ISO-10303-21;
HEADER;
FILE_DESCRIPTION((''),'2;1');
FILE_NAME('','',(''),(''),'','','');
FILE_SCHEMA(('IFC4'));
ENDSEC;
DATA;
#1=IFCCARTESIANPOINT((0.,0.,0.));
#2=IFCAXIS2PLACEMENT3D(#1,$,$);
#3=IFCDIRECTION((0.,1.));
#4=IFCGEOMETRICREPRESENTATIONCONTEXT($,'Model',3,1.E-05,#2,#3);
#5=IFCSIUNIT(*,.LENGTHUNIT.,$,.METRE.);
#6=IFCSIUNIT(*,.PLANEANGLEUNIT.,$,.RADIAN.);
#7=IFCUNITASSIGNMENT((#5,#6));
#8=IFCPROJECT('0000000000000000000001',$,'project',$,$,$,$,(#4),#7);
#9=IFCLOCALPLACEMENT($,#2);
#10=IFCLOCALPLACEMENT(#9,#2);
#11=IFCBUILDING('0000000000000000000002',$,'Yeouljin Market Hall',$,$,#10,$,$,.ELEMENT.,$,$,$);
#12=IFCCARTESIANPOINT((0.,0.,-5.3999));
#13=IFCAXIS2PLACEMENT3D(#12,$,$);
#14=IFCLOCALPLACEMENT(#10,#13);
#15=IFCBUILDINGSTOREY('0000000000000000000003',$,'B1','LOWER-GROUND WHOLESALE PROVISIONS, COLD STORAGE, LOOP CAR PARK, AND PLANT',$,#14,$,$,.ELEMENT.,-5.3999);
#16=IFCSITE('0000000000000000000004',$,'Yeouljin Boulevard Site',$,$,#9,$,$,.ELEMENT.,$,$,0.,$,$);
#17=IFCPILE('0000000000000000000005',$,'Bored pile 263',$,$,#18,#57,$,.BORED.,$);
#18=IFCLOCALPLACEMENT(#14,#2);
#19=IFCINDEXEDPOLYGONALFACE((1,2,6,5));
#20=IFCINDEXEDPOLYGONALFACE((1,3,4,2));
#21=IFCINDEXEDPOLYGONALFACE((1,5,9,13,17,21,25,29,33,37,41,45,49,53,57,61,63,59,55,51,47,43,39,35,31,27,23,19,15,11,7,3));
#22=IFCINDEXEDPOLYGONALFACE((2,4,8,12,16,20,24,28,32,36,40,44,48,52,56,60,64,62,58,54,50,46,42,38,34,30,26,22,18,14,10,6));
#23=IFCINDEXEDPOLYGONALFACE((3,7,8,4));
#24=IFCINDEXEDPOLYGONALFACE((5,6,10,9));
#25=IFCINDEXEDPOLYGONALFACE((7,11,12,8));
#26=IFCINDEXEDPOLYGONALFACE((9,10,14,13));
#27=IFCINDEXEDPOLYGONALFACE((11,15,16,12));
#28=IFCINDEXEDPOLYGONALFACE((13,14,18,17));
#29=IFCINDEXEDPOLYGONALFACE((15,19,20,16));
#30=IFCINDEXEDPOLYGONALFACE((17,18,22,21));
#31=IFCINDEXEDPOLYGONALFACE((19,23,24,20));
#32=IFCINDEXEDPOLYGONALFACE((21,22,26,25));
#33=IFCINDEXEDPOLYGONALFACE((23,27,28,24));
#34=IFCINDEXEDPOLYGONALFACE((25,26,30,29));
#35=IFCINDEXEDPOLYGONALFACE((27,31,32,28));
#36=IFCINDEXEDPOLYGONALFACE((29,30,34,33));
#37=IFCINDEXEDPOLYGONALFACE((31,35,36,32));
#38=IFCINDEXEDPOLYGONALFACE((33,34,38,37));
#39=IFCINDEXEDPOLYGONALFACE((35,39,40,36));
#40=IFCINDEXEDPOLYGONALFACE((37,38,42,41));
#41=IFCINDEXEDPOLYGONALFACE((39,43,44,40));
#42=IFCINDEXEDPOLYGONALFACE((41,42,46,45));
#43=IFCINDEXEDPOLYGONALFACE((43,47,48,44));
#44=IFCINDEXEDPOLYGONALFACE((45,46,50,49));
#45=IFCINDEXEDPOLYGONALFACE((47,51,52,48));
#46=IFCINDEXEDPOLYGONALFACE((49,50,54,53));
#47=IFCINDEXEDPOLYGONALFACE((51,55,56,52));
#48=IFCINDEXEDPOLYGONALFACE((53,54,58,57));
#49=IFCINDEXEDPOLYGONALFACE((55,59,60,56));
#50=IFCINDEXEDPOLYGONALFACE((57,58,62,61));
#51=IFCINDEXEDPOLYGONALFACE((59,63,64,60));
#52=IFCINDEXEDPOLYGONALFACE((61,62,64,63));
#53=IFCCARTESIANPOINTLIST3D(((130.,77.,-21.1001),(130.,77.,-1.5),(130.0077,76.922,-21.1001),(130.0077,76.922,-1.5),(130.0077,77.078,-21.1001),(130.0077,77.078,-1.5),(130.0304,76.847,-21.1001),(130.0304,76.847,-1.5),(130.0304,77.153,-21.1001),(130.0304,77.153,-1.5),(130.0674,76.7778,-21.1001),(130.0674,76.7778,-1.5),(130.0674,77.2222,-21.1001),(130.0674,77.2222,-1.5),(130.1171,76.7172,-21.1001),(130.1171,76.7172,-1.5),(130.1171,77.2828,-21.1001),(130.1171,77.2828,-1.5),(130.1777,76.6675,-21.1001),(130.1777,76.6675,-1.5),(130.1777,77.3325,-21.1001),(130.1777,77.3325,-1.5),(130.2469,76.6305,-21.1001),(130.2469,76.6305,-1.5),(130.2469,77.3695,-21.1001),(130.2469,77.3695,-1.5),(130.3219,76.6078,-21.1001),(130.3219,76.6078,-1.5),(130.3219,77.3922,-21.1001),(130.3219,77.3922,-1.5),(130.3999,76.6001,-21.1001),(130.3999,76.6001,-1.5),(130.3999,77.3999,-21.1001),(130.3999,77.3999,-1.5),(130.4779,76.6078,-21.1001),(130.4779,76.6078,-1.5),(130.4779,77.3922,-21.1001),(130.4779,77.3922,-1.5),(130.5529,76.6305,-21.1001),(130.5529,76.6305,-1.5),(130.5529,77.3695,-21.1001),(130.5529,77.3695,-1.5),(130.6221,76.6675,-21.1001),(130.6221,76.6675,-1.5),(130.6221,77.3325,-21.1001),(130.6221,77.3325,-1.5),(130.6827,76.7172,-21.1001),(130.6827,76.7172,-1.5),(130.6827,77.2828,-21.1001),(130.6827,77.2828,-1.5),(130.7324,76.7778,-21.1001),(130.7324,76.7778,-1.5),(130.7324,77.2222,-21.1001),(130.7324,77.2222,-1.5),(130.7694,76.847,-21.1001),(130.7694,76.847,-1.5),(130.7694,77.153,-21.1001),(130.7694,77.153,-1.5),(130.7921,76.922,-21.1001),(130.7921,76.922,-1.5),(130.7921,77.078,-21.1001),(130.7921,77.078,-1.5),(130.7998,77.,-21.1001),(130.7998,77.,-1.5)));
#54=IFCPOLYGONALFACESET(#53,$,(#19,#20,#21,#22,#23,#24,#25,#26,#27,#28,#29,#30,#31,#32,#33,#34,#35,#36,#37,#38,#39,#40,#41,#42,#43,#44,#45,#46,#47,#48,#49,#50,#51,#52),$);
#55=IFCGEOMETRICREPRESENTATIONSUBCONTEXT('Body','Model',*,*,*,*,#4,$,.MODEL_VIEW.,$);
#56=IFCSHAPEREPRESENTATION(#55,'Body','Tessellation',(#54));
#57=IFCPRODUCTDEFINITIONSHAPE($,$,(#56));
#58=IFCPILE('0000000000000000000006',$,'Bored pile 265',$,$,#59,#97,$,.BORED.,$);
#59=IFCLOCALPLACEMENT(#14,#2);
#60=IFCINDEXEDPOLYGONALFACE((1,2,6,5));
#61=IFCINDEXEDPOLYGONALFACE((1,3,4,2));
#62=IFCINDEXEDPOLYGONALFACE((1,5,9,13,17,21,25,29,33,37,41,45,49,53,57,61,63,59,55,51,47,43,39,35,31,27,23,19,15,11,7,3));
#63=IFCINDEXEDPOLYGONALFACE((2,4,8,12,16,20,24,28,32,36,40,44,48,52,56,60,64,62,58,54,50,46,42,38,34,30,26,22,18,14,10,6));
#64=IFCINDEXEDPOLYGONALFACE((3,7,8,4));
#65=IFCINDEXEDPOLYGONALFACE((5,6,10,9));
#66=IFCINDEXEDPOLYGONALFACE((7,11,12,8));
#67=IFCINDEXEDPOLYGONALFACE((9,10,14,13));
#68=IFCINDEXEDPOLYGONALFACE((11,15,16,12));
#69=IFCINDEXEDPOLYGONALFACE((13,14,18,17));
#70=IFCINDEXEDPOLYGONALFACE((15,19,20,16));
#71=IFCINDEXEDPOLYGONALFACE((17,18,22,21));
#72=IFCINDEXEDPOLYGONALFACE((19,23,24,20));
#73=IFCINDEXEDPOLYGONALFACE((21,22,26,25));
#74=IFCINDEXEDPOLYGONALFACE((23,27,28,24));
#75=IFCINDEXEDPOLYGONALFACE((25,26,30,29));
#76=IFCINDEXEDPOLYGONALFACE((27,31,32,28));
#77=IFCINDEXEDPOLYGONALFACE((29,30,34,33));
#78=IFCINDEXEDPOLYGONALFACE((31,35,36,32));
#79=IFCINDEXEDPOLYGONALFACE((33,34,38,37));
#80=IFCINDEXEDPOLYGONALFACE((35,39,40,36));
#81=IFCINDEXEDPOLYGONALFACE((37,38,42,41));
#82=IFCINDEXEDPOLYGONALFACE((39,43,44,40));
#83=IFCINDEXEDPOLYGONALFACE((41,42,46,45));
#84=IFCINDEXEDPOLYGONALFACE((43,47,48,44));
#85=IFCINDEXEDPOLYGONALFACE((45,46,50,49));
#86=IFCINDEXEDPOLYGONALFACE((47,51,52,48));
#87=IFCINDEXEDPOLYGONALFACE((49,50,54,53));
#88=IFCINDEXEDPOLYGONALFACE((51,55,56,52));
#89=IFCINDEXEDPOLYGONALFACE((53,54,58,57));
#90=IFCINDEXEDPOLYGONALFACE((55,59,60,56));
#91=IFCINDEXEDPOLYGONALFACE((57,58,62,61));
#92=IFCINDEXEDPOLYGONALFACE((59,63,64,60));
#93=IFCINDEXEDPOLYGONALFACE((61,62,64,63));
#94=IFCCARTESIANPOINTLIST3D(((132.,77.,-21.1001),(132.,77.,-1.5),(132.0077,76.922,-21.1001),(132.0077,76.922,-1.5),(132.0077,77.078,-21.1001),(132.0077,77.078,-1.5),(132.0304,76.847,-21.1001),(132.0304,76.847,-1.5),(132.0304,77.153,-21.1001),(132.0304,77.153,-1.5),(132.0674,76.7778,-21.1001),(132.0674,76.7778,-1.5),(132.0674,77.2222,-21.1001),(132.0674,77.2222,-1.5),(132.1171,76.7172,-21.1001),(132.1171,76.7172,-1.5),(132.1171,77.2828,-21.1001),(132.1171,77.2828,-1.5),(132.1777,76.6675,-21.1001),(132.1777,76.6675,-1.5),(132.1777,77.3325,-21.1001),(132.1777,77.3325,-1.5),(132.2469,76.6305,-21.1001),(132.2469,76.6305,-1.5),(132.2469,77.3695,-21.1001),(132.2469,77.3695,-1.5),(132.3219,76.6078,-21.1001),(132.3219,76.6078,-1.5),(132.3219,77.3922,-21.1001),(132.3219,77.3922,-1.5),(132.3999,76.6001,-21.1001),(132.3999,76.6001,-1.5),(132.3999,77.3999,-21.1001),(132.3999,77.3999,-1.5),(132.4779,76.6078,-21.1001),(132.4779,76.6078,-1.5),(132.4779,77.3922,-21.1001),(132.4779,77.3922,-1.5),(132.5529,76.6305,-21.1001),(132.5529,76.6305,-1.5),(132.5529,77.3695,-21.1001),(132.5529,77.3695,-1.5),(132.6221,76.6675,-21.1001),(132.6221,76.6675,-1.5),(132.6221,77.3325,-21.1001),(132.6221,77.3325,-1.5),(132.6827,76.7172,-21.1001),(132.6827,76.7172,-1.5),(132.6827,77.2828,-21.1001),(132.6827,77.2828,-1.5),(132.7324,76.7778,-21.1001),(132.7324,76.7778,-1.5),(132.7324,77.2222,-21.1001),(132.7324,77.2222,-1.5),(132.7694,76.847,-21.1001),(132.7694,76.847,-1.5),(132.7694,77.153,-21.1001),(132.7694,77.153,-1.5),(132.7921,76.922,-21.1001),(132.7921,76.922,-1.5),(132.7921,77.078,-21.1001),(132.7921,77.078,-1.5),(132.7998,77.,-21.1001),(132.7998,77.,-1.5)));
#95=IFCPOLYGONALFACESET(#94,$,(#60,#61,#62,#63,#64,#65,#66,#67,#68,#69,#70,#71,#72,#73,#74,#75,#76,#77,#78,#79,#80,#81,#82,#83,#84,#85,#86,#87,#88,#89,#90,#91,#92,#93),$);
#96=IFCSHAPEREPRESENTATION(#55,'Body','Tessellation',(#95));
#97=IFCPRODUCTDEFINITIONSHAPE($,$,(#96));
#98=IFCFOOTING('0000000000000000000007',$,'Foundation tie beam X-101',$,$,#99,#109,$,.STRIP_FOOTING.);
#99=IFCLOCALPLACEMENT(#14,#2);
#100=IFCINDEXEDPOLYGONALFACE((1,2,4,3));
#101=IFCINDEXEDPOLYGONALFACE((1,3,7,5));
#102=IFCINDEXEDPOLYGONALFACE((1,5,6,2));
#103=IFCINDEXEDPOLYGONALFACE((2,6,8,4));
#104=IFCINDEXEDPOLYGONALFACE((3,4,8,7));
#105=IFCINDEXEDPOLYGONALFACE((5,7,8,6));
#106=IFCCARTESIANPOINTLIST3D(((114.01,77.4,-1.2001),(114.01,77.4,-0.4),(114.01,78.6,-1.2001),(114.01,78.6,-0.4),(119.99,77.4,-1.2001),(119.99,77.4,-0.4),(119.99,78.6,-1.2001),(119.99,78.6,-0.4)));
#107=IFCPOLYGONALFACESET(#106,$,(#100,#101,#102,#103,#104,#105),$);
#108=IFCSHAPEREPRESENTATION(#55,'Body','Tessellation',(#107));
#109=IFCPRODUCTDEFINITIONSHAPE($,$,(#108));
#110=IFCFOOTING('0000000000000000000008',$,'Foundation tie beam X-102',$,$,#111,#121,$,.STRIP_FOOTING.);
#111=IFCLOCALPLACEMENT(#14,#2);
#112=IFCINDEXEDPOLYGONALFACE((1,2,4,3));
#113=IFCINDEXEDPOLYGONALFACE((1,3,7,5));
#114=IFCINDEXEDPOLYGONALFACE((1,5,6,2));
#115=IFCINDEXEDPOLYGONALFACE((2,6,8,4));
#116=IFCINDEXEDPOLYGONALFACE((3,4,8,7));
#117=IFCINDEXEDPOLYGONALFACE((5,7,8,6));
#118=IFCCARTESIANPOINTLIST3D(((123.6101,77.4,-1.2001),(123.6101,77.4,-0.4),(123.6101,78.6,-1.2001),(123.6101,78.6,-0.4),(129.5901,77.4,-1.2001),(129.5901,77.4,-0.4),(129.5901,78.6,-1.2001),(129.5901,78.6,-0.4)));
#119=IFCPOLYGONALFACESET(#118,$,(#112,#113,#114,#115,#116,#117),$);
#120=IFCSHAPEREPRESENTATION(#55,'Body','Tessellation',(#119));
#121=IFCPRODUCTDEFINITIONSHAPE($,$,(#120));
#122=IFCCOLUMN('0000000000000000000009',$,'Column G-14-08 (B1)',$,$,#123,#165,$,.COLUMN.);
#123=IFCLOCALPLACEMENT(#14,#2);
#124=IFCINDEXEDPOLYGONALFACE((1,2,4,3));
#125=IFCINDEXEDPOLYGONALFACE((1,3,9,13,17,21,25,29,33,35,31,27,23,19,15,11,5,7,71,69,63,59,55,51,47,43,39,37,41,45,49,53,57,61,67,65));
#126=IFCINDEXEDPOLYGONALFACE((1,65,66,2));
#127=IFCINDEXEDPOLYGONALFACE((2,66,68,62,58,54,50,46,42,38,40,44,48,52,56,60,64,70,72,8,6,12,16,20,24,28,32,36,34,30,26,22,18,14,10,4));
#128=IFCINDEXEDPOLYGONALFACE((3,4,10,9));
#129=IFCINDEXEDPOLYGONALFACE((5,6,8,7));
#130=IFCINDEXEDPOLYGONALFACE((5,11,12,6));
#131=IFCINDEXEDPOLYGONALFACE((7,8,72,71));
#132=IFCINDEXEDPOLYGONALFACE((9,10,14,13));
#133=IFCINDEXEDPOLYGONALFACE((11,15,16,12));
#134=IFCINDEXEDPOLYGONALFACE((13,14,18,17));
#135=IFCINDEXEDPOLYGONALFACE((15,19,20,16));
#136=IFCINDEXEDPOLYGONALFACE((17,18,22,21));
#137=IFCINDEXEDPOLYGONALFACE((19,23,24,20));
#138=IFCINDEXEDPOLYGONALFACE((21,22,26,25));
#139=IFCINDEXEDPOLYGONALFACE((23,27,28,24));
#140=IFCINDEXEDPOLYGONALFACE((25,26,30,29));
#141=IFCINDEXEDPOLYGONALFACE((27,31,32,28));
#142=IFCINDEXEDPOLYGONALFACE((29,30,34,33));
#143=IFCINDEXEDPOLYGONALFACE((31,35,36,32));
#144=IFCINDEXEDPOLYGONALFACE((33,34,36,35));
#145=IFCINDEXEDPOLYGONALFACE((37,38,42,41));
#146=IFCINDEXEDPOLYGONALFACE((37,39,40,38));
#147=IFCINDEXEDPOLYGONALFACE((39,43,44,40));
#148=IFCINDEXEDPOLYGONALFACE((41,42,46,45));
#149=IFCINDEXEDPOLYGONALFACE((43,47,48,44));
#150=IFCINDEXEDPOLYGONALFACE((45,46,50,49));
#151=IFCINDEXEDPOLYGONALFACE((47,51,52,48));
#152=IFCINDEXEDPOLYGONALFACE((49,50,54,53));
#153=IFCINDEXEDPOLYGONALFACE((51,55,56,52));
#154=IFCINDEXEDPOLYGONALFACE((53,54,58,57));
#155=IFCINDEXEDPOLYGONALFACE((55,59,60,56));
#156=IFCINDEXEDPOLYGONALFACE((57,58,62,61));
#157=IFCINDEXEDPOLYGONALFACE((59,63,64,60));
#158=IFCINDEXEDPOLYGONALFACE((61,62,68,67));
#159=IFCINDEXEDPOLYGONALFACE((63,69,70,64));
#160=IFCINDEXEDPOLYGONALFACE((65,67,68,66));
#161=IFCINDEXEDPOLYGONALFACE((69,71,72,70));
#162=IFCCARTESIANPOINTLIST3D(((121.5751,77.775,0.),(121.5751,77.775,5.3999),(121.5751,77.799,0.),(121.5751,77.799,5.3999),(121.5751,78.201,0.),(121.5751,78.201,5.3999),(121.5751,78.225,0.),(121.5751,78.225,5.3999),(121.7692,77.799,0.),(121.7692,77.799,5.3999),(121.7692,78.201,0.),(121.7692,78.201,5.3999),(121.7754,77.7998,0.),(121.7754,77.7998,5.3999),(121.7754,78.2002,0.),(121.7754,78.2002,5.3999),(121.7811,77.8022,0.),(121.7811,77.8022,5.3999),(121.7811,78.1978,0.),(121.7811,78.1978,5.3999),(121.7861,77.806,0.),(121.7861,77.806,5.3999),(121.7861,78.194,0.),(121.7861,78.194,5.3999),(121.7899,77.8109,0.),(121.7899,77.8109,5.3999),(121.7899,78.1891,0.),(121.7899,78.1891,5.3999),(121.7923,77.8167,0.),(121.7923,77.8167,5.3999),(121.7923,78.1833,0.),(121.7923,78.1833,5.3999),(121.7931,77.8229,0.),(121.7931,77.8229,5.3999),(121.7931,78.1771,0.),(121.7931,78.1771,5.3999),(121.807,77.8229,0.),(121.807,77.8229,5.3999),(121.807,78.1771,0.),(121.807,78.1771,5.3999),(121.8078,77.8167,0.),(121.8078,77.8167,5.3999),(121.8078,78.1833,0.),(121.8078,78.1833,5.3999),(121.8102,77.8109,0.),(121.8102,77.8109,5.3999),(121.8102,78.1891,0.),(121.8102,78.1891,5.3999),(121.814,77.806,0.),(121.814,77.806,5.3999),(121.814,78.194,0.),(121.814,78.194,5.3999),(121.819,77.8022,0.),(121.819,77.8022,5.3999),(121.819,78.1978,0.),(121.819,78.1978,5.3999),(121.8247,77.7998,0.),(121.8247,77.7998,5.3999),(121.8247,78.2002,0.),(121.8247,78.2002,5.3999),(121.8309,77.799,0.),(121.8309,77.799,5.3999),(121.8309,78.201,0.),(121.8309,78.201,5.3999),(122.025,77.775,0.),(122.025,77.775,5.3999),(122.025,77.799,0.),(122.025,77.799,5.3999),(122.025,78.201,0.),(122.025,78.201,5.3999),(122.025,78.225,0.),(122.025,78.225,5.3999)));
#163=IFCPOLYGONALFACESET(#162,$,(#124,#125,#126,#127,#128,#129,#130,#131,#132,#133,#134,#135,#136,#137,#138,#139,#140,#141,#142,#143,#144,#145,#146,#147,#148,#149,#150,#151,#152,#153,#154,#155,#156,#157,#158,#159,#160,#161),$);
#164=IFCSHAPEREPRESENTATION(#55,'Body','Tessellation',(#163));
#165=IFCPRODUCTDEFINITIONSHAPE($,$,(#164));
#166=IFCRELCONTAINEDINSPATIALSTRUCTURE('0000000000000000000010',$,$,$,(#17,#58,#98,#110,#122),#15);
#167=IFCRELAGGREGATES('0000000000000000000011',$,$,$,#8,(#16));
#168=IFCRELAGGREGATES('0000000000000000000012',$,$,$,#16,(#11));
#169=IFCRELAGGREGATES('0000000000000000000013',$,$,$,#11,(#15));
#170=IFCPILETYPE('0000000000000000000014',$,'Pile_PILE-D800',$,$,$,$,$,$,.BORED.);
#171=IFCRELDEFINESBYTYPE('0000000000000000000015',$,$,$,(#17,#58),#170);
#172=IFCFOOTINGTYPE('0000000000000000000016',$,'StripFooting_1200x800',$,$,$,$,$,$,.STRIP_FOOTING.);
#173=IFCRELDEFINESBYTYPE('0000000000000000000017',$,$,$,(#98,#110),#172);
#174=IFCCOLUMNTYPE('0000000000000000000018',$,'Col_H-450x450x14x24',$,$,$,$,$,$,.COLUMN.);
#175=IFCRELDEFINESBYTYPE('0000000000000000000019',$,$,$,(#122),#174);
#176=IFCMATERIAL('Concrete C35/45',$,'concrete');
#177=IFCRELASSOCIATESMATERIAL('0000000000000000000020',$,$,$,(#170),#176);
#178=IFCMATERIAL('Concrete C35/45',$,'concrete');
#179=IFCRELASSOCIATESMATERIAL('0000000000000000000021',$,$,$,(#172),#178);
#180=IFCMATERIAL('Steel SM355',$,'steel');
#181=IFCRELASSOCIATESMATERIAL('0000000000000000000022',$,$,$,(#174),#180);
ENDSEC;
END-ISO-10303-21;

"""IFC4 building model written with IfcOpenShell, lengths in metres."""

from ifc_helpers import new_model, si_unit, direction, frame, origin, origin_2d, place, context, subcontext, project, spatial, rectangle, circle, i_section, extrude, material, material_profile, profile_set, type_object, element, save


model = new_model("IFC4")

# Units and contexts
model_context = context("Model", 3, precision=1e-05, world=origin(), true_north=direction((0.0, 1.0)))
body_context = subcontext(model_context, "Body", "Model", "MODEL_VIEW")
ifc_project = project(units=[si_unit("LENGTHUNIT", "METRE"), si_unit("PLANEANGLEUNIT", "RADIAN")], contexts=[model_context])

# Site, building, storey
site_placement = place(None, origin())
site = spatial("IfcSite", under=ifc_project, at=site_placement, Name="Yeouljin Boulevard Site", CompositionType="ELEMENT", RefElevation=0.0)
building_placement = place(site_placement, origin())
building = spatial("IfcBuilding", under=site, at=building_placement, Name="Yeouljin Market Hall", CompositionType="ELEMENT")
storey_placement = place(building_placement, frame((0.0, 0.0, -5.3999)))
storey = spatial("IfcBuildingStorey", under=building, at=storey_placement, Name="B1", Description="LOWER-GROUND WHOLESALE PROVISIONS, COLD STORAGE, LOOP CAR PARK, AND PLANT", CompositionType="ELEMENT", Elevation=-5.3999)

# Piles
ifc_material_1 = material(Name="Concrete C35/45", Category="concrete")
ifc_material_profile_1 = material_profile(ifc_material_1, circle(Radius=0.3999, at=origin_2d()), Name="PILE-D800")
ifc_profile_set_1 = profile_set([ifc_material_profile_1], Name="Concrete C35/45")
pile_type = type_object("IfcPileType", Name="Pile_PILE-D800", PredefinedType="BORED", material=ifc_profile_set_1)
for number, where, z_axis, x_axis, name in (
    (1, (130.3999, 77.0, -1.5), (0.0, 0.0, -1.0), (1.0, 0.0, 0.0), "Bored pile 263"),
    (2, (132.3999, 77.0, -1.5), (0.0, 0.0, -1.0), (1.0, 0.0, 0.0), "Bored pile 265"),
):
    element("IfcPile", number, at=place(storey_placement, frame(where, z_axis=z_axis, x_axis=x_axis)), inside=storey, type_object=pile_type, Name=name, PredefinedType="BORED", context=body_context, shape_type="SweptSolid", body=[
        extrude(circle(Radius=0.3999, at=origin_2d()), origin(), (0.0, 0.0, 1.0), 19.6001),
    ])

# Footings
ifc_material_2 = material(Name="Concrete C35/45", Category="concrete")
ifc_material_profile_2 = material_profile(ifc_material_2, rectangle(XDim=1.2, YDim=0.8, at=origin_2d()), Name="SF-1200x800")
ifc_profile_set_2 = profile_set([ifc_material_profile_2], Name="Concrete C35/45")
footing_type_1 = type_object("IfcFootingType", Name="StripFooting_1200x800", PredefinedType="STRIP_FOOTING", material=ifc_profile_set_2)
for number, where, z_axis, x_axis, name in (
    (3, (114.01, 78.0, -0.8), (1.0, 0.0, 0.0), (0.0, 1.0, 0.0), "Foundation tie beam X-101"),
    (4, (123.6101, 78.0, -0.8), (1.0, 0.0, 0.0), (0.0, 1.0, 0.0), "Foundation tie beam X-102"),
):
    element("IfcFooting", number, at=place(storey_placement, frame(where, z_axis=z_axis, x_axis=x_axis)), inside=storey, type_object=footing_type_1, Name=name, PredefinedType="STRIP_FOOTING", context=body_context, shape_type="SweptSolid", body=[
        extrude(rectangle(XDim=1.2, YDim=0.8, at=origin_2d()), origin(), (0.0, 0.0, 1.0), 5.98),
    ])

# Column
ifc_material_3 = material(Name="Steel SM355", Category="steel")
ifc_material_profile_3 = material_profile(ifc_material_3, i_section(OverallWidth=0.45, OverallDepth=0.45, WebThickness=0.0139, FlangeThickness=0.0239, FilletRadius=0.0239, at=origin_2d()), Name="H-450x450x14x24")
ifc_profile_set_3 = profile_set([ifc_material_profile_3], Name="Steel SM355")
column_type_1 = type_object("IfcColumnType", Name="Col_H-450x450x14x24", PredefinedType="COLUMN", material=ifc_profile_set_3)
for number, where, z_axis, x_axis, name in (
    (5, (121.8, 78.0, 0.0), (0.0, 0.0, 1.0), (1.0, 0.0, 0.0), "Column G-14-08 (B1)"),
):
    element("IfcColumn", number, at=place(storey_placement, frame(where, z_axis=z_axis, x_axis=x_axis)), inside=storey, type_object=column_type_1, Name=name, PredefinedType="COLUMN", context=body_context, shape_type="SweptSolid", body=[
        extrude(i_section(OverallWidth=0.45, OverallDepth=0.45, WebThickness=0.0139, FlangeThickness=0.0239, FilletRadius=0.0239, at=origin_2d()), origin(), (0.0, 0.0, 1.0), 5.3999),
    ])

save(model, "model.ifc")
